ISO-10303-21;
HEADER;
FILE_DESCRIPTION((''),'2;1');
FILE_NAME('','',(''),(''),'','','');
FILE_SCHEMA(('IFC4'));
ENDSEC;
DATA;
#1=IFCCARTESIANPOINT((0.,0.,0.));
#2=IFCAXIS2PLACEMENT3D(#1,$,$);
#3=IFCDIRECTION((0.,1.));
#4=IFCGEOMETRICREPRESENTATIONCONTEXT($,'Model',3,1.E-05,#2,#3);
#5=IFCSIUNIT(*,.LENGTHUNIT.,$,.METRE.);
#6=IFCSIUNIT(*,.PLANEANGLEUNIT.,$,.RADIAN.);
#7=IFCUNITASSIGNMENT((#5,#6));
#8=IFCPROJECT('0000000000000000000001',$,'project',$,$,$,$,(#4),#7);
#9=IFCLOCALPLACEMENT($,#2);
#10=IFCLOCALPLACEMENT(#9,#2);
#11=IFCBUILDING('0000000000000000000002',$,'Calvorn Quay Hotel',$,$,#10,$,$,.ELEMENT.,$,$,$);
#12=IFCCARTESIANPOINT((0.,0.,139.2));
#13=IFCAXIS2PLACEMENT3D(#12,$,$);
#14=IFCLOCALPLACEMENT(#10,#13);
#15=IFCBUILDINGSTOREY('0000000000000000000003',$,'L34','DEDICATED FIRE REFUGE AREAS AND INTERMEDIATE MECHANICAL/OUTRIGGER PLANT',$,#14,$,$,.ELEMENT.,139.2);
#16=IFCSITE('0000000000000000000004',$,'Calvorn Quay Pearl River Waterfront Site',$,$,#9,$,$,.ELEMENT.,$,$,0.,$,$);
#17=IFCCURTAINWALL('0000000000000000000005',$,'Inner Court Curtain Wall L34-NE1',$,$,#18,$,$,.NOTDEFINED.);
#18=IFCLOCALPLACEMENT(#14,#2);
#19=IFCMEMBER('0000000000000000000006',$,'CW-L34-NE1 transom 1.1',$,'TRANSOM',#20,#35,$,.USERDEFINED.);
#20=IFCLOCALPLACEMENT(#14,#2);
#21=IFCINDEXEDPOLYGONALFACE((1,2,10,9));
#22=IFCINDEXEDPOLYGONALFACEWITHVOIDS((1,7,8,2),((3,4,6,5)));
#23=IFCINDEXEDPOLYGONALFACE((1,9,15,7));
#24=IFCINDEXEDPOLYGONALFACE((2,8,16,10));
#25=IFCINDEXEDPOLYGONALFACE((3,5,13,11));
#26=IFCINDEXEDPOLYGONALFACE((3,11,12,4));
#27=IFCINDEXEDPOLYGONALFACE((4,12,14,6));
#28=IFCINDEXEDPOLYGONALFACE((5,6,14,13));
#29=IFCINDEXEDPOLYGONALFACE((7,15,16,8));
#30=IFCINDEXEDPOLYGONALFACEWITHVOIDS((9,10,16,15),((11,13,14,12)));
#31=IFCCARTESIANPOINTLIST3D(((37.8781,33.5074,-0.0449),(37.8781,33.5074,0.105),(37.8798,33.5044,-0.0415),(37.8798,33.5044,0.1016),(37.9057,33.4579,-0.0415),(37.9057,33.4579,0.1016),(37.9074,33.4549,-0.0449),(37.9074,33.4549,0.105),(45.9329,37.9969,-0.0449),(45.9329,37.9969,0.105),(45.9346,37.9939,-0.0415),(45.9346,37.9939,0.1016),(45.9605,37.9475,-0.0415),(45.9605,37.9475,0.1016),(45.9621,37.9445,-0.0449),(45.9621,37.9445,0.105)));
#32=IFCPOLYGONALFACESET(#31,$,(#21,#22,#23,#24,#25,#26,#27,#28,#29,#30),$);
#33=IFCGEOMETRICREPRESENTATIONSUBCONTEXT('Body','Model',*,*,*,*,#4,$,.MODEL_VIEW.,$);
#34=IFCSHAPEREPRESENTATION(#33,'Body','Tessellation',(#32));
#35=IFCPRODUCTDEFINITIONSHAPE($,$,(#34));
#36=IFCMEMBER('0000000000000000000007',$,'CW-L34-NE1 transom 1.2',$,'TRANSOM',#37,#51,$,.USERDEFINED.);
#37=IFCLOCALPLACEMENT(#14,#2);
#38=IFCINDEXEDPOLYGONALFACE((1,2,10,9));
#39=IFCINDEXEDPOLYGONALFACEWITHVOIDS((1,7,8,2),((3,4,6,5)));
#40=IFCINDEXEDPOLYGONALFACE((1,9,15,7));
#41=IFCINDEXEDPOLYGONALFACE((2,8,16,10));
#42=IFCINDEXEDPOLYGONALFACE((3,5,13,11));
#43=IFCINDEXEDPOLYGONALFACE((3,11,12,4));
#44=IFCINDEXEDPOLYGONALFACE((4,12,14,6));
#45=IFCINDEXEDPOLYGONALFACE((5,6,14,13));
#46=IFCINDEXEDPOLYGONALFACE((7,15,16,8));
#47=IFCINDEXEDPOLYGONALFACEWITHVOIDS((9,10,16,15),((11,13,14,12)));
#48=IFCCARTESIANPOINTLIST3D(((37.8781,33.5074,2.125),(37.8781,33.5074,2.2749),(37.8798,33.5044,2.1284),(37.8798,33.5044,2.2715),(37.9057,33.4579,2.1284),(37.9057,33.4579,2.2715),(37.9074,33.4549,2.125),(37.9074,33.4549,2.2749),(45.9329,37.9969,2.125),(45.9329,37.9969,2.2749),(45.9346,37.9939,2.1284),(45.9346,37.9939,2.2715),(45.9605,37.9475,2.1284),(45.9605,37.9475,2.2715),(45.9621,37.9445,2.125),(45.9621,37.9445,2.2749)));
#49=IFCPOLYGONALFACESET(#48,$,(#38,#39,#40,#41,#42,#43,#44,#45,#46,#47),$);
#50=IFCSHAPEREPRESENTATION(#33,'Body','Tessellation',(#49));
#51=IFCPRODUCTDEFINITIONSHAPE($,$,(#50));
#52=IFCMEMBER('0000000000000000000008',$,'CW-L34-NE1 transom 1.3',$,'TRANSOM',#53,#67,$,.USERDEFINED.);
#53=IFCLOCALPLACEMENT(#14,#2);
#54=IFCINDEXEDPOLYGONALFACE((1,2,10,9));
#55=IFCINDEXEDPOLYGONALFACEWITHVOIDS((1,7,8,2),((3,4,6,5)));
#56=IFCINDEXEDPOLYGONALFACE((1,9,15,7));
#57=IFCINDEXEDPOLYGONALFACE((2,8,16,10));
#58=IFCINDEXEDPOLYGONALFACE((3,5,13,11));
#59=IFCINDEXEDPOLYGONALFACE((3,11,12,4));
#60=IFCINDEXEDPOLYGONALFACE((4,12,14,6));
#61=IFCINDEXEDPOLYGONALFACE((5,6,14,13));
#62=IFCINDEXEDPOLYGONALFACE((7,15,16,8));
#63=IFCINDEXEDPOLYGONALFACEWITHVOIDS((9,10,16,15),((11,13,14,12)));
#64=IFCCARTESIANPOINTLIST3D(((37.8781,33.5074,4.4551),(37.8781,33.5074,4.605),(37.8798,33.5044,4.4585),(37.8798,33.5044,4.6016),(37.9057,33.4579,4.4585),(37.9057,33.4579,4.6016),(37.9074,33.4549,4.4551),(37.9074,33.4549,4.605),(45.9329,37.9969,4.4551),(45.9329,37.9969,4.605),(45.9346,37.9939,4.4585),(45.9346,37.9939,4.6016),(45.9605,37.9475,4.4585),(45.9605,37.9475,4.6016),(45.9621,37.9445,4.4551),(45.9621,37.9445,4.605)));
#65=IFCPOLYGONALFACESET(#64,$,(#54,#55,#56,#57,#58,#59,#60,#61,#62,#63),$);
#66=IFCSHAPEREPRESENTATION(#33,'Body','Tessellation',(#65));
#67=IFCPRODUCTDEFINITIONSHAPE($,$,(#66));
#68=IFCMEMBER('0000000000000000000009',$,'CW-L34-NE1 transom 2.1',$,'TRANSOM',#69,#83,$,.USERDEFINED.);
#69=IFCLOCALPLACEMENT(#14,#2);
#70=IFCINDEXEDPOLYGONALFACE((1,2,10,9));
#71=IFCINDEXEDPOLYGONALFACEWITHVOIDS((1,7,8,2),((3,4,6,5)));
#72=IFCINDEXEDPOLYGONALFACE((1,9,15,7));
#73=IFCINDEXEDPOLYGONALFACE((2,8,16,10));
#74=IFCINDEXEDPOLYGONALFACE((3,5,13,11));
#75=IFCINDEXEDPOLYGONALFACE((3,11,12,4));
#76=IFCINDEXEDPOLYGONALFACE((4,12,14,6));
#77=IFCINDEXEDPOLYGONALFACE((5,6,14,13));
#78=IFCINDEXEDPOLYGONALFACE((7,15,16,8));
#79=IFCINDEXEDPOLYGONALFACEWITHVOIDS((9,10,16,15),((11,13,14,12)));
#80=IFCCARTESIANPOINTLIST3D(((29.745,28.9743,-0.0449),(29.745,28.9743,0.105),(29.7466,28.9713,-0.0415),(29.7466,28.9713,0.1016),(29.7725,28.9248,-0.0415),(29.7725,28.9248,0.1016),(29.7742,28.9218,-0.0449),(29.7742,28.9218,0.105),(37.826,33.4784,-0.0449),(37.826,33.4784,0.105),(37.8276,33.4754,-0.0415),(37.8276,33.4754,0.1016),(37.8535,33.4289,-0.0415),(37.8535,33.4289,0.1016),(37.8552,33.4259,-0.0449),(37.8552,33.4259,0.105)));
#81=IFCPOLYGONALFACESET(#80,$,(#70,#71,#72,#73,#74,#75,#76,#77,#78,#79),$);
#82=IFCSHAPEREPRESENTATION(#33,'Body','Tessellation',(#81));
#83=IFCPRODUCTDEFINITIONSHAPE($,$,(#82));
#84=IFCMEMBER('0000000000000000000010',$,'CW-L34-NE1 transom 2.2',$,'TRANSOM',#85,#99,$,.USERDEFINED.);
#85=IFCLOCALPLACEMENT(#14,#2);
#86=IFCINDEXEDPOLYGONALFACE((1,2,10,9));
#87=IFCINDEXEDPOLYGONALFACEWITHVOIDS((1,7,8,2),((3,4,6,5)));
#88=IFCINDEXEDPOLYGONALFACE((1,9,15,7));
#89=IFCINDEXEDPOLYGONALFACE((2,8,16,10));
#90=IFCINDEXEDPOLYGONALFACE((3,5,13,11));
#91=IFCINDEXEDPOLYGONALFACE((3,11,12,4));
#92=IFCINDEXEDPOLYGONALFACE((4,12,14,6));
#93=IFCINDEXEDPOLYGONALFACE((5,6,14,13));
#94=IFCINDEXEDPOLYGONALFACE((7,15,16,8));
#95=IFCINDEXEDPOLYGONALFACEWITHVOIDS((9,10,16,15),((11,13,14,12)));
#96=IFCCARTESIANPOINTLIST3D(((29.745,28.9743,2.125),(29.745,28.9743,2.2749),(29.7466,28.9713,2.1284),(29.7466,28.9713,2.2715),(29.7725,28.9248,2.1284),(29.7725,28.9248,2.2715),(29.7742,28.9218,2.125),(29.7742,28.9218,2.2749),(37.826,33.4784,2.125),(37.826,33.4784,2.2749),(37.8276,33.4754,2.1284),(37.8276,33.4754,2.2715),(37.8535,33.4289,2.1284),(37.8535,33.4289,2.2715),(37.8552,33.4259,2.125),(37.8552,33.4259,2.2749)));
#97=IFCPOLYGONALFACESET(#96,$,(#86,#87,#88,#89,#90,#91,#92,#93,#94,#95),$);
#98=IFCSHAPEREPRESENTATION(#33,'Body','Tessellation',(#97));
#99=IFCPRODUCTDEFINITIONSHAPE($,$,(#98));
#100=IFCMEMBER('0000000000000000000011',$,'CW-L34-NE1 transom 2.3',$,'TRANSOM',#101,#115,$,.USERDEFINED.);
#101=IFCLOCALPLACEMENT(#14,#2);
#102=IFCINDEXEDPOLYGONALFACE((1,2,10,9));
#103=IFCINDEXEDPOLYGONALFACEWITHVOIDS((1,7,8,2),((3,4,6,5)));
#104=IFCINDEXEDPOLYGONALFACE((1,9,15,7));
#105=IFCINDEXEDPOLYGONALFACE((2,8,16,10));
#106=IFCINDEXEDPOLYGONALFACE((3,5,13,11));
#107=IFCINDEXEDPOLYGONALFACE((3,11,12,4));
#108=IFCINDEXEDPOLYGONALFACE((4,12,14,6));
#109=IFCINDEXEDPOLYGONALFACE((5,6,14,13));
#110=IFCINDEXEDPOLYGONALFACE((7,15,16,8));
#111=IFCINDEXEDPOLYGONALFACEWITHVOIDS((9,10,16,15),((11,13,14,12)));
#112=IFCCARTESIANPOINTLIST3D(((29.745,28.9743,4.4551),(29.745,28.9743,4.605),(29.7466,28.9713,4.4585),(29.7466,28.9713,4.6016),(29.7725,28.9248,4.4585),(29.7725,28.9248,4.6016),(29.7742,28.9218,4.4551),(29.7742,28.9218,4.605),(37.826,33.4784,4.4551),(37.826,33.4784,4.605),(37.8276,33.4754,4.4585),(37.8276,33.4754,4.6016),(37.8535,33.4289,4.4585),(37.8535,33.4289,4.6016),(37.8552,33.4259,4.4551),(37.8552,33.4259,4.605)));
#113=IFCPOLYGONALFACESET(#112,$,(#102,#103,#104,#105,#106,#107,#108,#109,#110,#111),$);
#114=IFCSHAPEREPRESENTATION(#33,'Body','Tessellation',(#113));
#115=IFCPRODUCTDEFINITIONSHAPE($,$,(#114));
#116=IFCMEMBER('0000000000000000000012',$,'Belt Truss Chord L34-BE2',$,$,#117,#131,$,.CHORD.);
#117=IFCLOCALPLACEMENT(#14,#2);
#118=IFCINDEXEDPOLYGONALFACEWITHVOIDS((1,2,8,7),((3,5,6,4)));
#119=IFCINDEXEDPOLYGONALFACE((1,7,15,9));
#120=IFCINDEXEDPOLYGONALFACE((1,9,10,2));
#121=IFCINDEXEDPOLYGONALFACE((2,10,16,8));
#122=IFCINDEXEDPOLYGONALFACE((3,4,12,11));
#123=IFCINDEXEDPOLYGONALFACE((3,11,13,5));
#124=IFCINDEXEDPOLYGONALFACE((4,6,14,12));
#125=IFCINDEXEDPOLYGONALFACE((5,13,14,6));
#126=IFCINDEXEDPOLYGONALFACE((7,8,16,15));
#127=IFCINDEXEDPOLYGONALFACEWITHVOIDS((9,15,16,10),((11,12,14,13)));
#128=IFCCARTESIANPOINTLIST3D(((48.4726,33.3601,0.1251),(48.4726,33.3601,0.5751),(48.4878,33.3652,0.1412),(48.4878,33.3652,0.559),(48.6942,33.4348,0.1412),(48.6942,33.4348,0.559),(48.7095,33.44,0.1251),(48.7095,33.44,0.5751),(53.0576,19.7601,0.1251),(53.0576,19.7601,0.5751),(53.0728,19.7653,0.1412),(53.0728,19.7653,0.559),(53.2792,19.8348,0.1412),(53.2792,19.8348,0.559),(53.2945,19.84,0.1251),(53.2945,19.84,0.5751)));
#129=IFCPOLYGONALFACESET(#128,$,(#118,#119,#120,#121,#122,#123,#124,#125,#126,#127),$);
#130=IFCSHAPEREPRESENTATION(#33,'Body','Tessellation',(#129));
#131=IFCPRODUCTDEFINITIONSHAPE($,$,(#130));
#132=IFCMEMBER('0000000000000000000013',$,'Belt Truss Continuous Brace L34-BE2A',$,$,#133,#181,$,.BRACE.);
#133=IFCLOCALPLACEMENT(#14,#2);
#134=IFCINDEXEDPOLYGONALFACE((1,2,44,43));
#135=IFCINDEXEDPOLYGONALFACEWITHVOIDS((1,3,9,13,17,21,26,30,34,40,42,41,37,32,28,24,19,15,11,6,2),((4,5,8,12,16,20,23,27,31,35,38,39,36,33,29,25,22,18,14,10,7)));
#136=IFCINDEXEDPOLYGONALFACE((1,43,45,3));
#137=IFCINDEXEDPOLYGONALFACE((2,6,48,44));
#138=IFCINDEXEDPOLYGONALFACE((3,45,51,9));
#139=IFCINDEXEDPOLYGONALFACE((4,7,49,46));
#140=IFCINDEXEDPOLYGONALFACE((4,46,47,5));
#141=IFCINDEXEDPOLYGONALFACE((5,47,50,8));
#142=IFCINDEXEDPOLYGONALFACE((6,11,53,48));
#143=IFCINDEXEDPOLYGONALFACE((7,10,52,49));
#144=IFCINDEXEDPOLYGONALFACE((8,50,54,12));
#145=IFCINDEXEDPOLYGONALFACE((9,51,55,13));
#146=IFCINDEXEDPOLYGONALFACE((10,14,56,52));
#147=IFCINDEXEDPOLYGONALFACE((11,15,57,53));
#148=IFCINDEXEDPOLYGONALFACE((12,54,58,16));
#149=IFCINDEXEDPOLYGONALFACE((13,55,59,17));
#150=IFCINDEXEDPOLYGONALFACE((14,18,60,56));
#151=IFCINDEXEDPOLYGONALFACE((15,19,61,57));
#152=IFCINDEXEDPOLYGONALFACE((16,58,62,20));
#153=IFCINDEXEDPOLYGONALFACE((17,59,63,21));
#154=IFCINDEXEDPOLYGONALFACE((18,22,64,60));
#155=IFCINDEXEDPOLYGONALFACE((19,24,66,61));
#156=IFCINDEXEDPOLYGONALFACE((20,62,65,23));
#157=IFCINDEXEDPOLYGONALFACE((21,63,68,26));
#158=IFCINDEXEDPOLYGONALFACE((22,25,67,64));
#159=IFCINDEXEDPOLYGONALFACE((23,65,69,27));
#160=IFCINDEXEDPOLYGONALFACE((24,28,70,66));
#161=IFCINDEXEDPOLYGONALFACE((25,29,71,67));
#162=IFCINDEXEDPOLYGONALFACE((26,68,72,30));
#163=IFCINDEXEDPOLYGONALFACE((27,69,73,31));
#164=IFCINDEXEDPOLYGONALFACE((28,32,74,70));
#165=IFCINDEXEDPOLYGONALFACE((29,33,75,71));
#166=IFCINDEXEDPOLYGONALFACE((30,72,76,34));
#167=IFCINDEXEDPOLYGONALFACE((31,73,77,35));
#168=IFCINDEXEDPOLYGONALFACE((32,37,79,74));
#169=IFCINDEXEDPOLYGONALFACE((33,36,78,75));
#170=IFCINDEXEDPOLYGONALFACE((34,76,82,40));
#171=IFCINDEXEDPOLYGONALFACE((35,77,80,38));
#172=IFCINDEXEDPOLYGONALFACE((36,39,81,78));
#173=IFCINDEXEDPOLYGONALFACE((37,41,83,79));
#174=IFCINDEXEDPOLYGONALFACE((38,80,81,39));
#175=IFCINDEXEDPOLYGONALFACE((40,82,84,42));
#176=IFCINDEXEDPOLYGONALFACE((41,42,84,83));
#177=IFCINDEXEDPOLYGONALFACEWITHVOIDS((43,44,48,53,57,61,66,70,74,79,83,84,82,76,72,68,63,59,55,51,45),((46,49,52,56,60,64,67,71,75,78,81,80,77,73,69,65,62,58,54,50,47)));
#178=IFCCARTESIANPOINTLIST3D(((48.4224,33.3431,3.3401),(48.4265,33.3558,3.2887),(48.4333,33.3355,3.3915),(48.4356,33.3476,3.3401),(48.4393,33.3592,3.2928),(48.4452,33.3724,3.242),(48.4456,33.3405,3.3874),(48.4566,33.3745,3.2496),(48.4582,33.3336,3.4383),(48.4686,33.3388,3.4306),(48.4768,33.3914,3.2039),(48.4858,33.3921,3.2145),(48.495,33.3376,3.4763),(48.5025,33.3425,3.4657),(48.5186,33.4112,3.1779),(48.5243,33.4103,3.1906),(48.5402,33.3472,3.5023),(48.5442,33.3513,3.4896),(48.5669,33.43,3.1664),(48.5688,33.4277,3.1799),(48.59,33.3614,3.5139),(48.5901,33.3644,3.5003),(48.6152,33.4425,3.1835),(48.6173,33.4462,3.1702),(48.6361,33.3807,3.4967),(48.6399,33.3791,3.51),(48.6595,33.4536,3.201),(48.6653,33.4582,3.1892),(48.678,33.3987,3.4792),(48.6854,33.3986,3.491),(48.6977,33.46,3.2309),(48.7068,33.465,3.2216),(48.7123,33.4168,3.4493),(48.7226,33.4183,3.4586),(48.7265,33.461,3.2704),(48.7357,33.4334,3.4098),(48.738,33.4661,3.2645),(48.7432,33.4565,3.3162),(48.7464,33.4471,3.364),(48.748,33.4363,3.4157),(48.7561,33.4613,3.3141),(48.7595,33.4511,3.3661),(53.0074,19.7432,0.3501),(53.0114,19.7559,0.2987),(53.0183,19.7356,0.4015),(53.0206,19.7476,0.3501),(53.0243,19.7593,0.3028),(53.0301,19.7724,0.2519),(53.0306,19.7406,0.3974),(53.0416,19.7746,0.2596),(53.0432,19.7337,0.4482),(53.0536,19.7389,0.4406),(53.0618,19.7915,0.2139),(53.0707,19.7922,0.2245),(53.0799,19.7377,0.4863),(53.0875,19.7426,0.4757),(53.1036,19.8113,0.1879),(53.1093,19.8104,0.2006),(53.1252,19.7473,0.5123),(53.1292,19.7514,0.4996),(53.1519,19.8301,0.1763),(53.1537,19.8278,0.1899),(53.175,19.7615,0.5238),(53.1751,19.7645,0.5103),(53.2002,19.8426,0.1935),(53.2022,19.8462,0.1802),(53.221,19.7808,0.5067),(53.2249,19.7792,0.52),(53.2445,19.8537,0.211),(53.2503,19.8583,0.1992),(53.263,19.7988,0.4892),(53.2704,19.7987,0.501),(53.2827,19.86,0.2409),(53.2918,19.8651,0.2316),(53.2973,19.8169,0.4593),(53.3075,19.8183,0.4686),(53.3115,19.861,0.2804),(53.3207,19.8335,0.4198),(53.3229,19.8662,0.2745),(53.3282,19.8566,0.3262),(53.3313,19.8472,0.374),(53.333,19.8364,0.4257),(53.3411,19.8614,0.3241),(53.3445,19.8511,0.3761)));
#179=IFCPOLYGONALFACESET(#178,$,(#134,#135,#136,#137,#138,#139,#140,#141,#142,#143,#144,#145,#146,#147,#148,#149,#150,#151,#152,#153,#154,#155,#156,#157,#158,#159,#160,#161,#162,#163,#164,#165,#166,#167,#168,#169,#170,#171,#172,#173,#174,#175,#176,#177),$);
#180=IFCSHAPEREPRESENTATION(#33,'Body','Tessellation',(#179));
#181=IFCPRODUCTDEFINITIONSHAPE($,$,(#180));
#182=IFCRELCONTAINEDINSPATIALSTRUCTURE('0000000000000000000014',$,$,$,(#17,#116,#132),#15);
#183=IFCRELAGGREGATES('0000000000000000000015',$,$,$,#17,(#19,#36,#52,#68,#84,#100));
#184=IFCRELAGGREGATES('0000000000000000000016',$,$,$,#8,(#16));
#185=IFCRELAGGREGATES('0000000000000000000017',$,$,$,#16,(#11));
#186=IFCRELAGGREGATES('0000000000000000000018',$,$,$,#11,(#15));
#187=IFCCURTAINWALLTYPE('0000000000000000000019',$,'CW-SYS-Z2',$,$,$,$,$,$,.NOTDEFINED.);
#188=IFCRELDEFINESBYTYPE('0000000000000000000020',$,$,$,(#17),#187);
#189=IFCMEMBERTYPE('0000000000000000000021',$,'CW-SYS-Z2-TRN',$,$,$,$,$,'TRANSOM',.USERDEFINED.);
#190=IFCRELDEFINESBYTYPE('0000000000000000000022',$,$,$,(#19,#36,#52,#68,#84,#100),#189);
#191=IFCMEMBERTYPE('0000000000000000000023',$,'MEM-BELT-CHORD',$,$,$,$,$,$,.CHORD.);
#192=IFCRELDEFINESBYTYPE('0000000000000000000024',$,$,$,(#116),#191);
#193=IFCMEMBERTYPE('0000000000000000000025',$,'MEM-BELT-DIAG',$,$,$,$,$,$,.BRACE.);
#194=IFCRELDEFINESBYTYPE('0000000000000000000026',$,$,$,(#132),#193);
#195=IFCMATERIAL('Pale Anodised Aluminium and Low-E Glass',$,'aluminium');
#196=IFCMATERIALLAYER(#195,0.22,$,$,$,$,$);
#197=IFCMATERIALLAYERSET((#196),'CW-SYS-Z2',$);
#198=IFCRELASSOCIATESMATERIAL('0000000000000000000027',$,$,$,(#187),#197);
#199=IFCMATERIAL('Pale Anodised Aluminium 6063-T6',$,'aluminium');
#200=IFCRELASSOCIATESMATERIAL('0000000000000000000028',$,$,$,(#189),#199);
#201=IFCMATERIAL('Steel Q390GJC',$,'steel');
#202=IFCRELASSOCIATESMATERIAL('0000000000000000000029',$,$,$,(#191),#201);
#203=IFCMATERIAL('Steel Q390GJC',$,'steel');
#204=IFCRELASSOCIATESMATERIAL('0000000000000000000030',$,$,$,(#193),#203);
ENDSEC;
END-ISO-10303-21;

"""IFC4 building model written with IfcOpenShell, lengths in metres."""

from ifc_helpers import new_model, si_unit, direction, frame, origin, origin_2d, place, context, subcontext, project, spatial, hollow_rectangle, hollow_circle, extrude, material, layer, layer_set, material_profile, profile_set, type_object, element, aggregate, save


model = new_model("IFC4")

# Units and contexts
model_context = context("Model", 3, precision=1e-05, world=origin(), true_north=direction((0.0, 1.0)))
body_context = subcontext(model_context, "Body", "Model", "MODEL_VIEW")
ifc_project = project(units=[si_unit("LENGTHUNIT", "METRE"), si_unit("PLANEANGLEUNIT", "RADIAN")], contexts=[model_context])

# Site, building, storey
site_placement = place(None, origin())
site = spatial("IfcSite", under=ifc_project, at=site_placement, Name="Calvorn Quay Pearl River Waterfront Site", CompositionType="ELEMENT", RefElevation=0.0)
building_placement = place(site_placement, origin())
building = spatial("IfcBuilding", under=site, at=building_placement, Name="Calvorn Quay Hotel", CompositionType="ELEMENT")
storey_placement = place(building_placement, frame((0.0, 0.0, 139.2)))
storey = spatial("IfcBuildingStorey", under=building, at=storey_placement, Name="L34", Description="DEDICATED FIRE REFUGE AREAS AND INTERMEDIATE MECHANICAL/OUTRIGGER PLANT", CompositionType="ELEMENT", Elevation=139.2)

# Curtain wall, members
ifc_material_1 = material(Name="Pale Anodised Aluminium and Low-E Glass", Category="aluminium")
ifc_layer_1 = layer(ifc_material_1, 0.22)
ifc_layer_set_1 = layer_set([ifc_layer_1], Name="CW-SYS-Z2")
curtain_wall_type = type_object("IfcCurtainWallType", Name="CW-SYS-Z2", PredefinedType="NOTDEFINED", material=ifc_layer_set_1)
curtain_wall_placement = place(storey_placement, origin())
curtain_wall = element("IfcCurtainWall", 1, at=curtain_wall_placement, inside=storey, type_object=curtain_wall_type, Name="Inner Court Curtain Wall L34-NE1", PredefinedType="NOTDEFINED")
ifc_material_2 = material(Name="Pale Anodised Aluminium 6063-T6", Category="aluminium")
ifc_material_profile_1 = material_profile(ifc_material_2, hollow_rectangle(XDim=0.0601, YDim=0.1499, WallThickness=0.0034, at=origin_2d()), Name="ALU-T150x60x3.5")
ifc_profile_set_1 = profile_set([ifc_material_profile_1], Name="Pale Anodised Aluminium 6063-T6")
member_type_1 = type_object("IfcMemberType", Name="CW-SYS-Z2-TRN", ElementType="TRANSOM", PredefinedType="USERDEFINED", material=ifc_profile_set_1)
member_1_placement = place(storey_placement, frame((45.9475, 37.9707, 0.03), z_axis=(-0.873481, -0.486859, 0.0), x_axis=(0.486859, -0.873481, 0.0)))
member_1 = element("IfcMember", 2, at=member_1_placement, type_object=member_type_1, Name="CW-L34-NE1 transom 1.1", ObjectType="TRANSOM", PredefinedType="USERDEFINED", context=body_context, shape_type="SweptSolid", body=[
    extrude(hollow_rectangle(XDim=0.0601, YDim=0.1499, WallThickness=0.0034, at=origin_2d()), origin(), (0.0, 0.0, 1.0), 9.2214),
])
member_2_placement = place(storey_placement, frame((45.9475, 37.9707, 2.2), z_axis=(-0.873481, -0.486859, 0.0), x_axis=(0.486859, -0.873481, 0.0)))
member_2 = element("IfcMember", 3, at=member_2_placement, type_object=member_type_1, Name="CW-L34-NE1 transom 1.2", ObjectType="TRANSOM", PredefinedType="USERDEFINED", context=body_context, shape_type="SweptSolid", body=[
    extrude(hollow_rectangle(XDim=0.0601, YDim=0.1499, WallThickness=0.0034, at=origin_2d()), origin(), (0.0, 0.0, 1.0), 9.2214),
])
member_3_placement = place(storey_placement, frame((45.9475, 37.9707, 4.53), z_axis=(-0.873481, -0.486859, 0.0), x_axis=(0.486859, -0.873481, 0.0)))
member_3 = element("IfcMember", 4, at=member_3_placement, type_object=member_type_1, Name="CW-L34-NE1 transom 1.3", ObjectType="TRANSOM", PredefinedType="USERDEFINED", context=body_context, shape_type="SweptSolid", body=[
    extrude(hollow_rectangle(XDim=0.0601, YDim=0.1499, WallThickness=0.0034, at=origin_2d()), origin(), (0.0, 0.0, 1.0), 9.2214),
])
member_4_placement = place(storey_placement, frame((37.8406, 33.4521, 0.03), z_axis=(-0.873483, -0.486855, 0.0), x_axis=(0.486855, -0.873483, 0.0)))
member_4 = element("IfcMember", 5, at=member_4_placement, type_object=member_type_1, Name="CW-L34-NE1 transom 2.1", ObjectType="TRANSOM", PredefinedType="USERDEFINED", context=body_context, shape_type="SweptSolid", body=[
    extrude(hollow_rectangle(XDim=0.0601, YDim=0.1499, WallThickness=0.0034, at=origin_2d()), origin(), (0.0, 0.0, 1.0), 9.2515),
])
member_5_placement = place(storey_placement, frame((37.8406, 33.4521, 2.2), z_axis=(-0.873483, -0.486855, 0.0), x_axis=(0.486855, -0.873483, 0.0)))
member_5 = element("IfcMember", 6, at=member_5_placement, type_object=member_type_1, Name="CW-L34-NE1 transom 2.2", ObjectType="TRANSOM", PredefinedType="USERDEFINED", context=body_context, shape_type="SweptSolid", body=[
    extrude(hollow_rectangle(XDim=0.0601, YDim=0.1499, WallThickness=0.0034, at=origin_2d()), origin(), (0.0, 0.0, 1.0), 9.2515),
])
member_6_placement = place(storey_placement, frame((37.8406, 33.4521, 4.53), z_axis=(-0.873483, -0.486855, 0.0), x_axis=(0.486855, -0.873483, 0.0)))
member_6 = element("IfcMember", 7, at=member_6_placement, type_object=member_type_1, Name="CW-L34-NE1 transom 2.3", ObjectType="TRANSOM", PredefinedType="USERDEFINED", context=body_context, shape_type="SweptSolid", body=[
    extrude(hollow_rectangle(XDim=0.0601, YDim=0.1499, WallThickness=0.0034, at=origin_2d()), origin(), (0.0, 0.0, 1.0), 9.2515),
])

# Members
ifc_material_3 = material(Name="Steel Q390GJC", Category="steel")
ifc_material_profile_2 = material_profile(ifc_material_3, hollow_rectangle(XDim=0.25, YDim=0.45, WallThickness=0.0161, at=origin_2d()), Name="RHS450x250x16")
ifc_profile_set_2 = profile_set([ifc_material_profile_2], Name="Steel Q390GJC")
member_type_2 = type_object("IfcMemberType", Name="MEM-BELT-CHORD", PredefinedType="CHORD", material=ifc_profile_set_2)
member_7_placement = place(storey_placement, frame((53.176, 19.8, 0.3501), z_axis=(-0.319467, 0.947598, 0.0), x_axis=(-0.947598, -0.319467, 0.0)))
element("IfcMember", 8, at=member_7_placement, inside=storey, type_object=member_type_2, Name="Belt Truss Chord L34-BE2", PredefinedType="CHORD", context=body_context, shape_type="SweptSolid", body=[
    extrude(hollow_rectangle(XDim=0.25, YDim=0.45, WallThickness=0.0161, at=origin_2d()), origin(), (0.0, 0.0, 1.0), 14.3521),
])
ifc_material_4 = material(Name="Steel Q390GJC", Category="steel")
ifc_material_profile_3 = material_profile(ifc_material_4, hollow_circle(Radius=0.178, WallThickness=0.0139, at=origin_2d()), Name="CHS356x14")
ifc_profile_set_3 = profile_set([ifc_material_profile_3], Name="Steel Q390GJC")
member_type_3 = type_object("IfcMemberType", Name="MEM-BELT-DIAG", PredefinedType="BRACE", material=ifc_profile_set_3)
member_8_placement = place(storey_placement, frame((53.176, 19.8, 0.3501), z_axis=(-0.312751, 0.927679, 0.203955), x_axis=(-0.947598, -0.319467, 0.0)))
element("IfcMember", 9, at=member_8_placement, inside=storey, type_object=member_type_3, Name="Belt Truss Continuous Brace L34-BE2A", PredefinedType="BRACE", context=body_context, shape_type="SweptSolid", body=[
    extrude(hollow_circle(Radius=0.178, WallThickness=0.0139, at=origin_2d()), origin(), (0.0, 0.0, 1.0), 14.6602),
])

aggregate(curtain_wall, [member_1, member_2, member_3, member_4, member_5, member_6])

save(model, "model.ifc")
